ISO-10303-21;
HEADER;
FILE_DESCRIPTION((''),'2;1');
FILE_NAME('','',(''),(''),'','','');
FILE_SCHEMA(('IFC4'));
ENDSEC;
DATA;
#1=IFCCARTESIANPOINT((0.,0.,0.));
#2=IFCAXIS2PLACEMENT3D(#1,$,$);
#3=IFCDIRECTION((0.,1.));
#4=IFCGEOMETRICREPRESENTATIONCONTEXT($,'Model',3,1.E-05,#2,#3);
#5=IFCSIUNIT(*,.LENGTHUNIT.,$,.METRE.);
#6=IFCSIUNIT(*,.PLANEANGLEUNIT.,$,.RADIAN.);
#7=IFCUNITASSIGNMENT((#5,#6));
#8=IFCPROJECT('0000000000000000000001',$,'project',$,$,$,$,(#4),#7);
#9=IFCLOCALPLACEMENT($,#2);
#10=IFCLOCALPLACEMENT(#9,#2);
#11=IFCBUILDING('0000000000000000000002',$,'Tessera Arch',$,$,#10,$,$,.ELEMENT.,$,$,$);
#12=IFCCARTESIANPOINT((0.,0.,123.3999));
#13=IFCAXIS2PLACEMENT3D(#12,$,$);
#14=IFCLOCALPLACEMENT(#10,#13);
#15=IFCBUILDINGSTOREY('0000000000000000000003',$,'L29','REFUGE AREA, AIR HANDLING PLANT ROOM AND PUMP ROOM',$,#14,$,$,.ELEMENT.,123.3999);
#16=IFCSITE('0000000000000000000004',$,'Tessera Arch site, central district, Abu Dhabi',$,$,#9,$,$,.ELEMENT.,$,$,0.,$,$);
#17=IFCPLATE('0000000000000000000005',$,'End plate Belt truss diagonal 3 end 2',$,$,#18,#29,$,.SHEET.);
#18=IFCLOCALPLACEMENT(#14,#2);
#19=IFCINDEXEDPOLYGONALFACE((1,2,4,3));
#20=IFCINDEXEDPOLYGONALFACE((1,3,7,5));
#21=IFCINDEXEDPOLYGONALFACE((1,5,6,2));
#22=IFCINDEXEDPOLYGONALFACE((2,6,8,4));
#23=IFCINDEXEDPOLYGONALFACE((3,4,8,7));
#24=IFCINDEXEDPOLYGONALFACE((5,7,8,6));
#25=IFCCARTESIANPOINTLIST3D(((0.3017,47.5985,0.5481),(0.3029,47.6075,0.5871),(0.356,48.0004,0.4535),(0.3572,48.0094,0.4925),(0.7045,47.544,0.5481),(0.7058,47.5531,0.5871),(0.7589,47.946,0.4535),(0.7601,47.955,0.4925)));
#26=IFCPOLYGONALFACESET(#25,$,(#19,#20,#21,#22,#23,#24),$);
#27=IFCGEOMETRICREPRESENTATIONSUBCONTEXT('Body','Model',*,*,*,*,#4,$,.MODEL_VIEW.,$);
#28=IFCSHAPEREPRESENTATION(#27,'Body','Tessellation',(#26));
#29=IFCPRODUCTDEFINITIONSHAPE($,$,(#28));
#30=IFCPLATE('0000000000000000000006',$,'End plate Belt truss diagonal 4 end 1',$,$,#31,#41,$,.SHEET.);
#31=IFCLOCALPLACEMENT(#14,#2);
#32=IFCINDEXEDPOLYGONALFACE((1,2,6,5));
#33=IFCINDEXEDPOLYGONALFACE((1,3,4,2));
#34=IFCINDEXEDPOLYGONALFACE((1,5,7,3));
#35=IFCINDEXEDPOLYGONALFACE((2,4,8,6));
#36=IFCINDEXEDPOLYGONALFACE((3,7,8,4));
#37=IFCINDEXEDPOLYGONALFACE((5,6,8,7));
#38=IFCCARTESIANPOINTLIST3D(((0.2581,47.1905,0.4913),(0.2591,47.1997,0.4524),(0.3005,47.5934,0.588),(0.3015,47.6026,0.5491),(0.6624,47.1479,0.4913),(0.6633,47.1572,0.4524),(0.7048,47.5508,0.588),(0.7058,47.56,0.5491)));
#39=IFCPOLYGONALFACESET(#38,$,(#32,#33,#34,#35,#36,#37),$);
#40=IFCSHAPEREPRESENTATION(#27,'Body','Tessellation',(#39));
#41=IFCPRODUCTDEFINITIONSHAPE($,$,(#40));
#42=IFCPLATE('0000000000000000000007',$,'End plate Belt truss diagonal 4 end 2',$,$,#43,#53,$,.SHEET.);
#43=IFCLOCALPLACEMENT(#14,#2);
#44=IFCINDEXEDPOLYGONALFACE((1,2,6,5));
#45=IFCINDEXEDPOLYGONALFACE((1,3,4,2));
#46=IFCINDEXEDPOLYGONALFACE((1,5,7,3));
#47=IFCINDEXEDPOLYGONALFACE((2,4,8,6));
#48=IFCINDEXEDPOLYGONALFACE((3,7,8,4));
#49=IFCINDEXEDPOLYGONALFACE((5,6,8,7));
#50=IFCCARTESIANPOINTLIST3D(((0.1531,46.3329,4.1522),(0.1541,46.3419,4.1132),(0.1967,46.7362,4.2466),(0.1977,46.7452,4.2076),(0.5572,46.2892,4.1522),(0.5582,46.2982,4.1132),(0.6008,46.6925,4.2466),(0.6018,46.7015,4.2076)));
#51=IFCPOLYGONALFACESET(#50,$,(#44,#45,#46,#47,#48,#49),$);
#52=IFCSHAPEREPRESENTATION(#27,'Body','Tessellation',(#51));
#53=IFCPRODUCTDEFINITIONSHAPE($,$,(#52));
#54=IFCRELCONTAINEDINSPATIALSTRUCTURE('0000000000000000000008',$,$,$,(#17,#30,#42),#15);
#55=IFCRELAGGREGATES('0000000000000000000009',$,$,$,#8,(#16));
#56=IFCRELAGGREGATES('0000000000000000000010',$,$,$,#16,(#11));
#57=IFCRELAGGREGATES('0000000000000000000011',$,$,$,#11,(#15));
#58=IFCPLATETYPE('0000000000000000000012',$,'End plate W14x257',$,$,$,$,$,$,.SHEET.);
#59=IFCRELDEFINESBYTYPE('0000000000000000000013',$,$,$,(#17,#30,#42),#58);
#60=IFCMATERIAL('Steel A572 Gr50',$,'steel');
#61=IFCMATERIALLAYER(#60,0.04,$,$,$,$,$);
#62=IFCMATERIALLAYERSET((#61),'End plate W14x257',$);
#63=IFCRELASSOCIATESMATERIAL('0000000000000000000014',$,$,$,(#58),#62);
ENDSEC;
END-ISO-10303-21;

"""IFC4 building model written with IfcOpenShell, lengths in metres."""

from ifc_helpers import new_model, si_unit, direction, frame, origin, origin_2d, place, context, subcontext, project, spatial, rectangle, extrude, material, layer, layer_set, type_object, element, save


model = new_model("IFC4")

# Units and contexts
model_context = context("Model", 3, precision=1e-05, world=origin(), true_north=direction((0.0, 1.0)))
body_context = subcontext(model_context, "Body", "Model", "MODEL_VIEW")
ifc_project = project(units=[si_unit("LENGTHUNIT", "METRE"), si_unit("PLANEANGLEUNIT", "RADIAN")], contexts=[model_context])

# Site, building, storey
site_placement = place(None, origin())
site = spatial("IfcSite", under=ifc_project, at=site_placement, Name="Tessera Arch site, central district, Abu Dhabi", CompositionType="ELEMENT", RefElevation=0.0)
building_placement = place(site_placement, origin())
building = spatial("IfcBuilding", under=site, at=building_placement, Name="Tessera Arch", CompositionType="ELEMENT")
storey_placement = place(building_placement, frame((0.0, 0.0, 123.3999)))
storey = spatial("IfcBuildingStorey", under=building, at=storey_placement, Name="L29", Description="REFUGE AREA, AIR HANDLING PLANT ROOM AND PUMP ROOM", CompositionType="ELEMENT", Elevation=123.3999)

# Plates
ifc_material_1 = material(Name="Steel A572 Gr50", Category="steel")
ifc_layer_1 = layer(ifc_material_1, 0.04)
ifc_layer_set_1 = layer_set([ifc_layer_1], Name="End plate W14x257")
plate_type_1 = type_object("IfcPlateType", Name="End plate W14x257", PredefinedType="SHEET", material=ifc_layer_set_1)
for number, where, z_axis, x_axis, name in (
    (1, (0.5315, 47.7812, 0.5398), (-0.030432, -0.2252, -0.973837), (0.990992, -0.133918, 0.0), "End plate Belt truss diagonal 3 end 2"),
    (2, (0.4824, 47.3799, 0.5007), (-0.024316, -0.231004, 0.972649), (0.994505, -0.104685, 0.0), "End plate Belt truss diagonal 4 end 1"),
    (3, (0.3779, 46.5217, 4.1604), (-0.02435, -0.225237, 0.974), (0.994207, -0.107482, 0.0), "End plate Belt truss diagonal 4 end 2"),
):
    element("IfcPlate", number, at=place(storey_placement, frame(where, z_axis=z_axis, x_axis=x_axis)), inside=storey, type_object=plate_type_1, Name=name, PredefinedType="SHEET", context=body_context, shape_type="SweptSolid", body=[
        extrude(rectangle(XDim=0.4065, YDim=0.4165, at=origin_2d()), origin(), (0.0, 0.0, 1.0), 0.04),
    ])

save(model, "model.ifc")
